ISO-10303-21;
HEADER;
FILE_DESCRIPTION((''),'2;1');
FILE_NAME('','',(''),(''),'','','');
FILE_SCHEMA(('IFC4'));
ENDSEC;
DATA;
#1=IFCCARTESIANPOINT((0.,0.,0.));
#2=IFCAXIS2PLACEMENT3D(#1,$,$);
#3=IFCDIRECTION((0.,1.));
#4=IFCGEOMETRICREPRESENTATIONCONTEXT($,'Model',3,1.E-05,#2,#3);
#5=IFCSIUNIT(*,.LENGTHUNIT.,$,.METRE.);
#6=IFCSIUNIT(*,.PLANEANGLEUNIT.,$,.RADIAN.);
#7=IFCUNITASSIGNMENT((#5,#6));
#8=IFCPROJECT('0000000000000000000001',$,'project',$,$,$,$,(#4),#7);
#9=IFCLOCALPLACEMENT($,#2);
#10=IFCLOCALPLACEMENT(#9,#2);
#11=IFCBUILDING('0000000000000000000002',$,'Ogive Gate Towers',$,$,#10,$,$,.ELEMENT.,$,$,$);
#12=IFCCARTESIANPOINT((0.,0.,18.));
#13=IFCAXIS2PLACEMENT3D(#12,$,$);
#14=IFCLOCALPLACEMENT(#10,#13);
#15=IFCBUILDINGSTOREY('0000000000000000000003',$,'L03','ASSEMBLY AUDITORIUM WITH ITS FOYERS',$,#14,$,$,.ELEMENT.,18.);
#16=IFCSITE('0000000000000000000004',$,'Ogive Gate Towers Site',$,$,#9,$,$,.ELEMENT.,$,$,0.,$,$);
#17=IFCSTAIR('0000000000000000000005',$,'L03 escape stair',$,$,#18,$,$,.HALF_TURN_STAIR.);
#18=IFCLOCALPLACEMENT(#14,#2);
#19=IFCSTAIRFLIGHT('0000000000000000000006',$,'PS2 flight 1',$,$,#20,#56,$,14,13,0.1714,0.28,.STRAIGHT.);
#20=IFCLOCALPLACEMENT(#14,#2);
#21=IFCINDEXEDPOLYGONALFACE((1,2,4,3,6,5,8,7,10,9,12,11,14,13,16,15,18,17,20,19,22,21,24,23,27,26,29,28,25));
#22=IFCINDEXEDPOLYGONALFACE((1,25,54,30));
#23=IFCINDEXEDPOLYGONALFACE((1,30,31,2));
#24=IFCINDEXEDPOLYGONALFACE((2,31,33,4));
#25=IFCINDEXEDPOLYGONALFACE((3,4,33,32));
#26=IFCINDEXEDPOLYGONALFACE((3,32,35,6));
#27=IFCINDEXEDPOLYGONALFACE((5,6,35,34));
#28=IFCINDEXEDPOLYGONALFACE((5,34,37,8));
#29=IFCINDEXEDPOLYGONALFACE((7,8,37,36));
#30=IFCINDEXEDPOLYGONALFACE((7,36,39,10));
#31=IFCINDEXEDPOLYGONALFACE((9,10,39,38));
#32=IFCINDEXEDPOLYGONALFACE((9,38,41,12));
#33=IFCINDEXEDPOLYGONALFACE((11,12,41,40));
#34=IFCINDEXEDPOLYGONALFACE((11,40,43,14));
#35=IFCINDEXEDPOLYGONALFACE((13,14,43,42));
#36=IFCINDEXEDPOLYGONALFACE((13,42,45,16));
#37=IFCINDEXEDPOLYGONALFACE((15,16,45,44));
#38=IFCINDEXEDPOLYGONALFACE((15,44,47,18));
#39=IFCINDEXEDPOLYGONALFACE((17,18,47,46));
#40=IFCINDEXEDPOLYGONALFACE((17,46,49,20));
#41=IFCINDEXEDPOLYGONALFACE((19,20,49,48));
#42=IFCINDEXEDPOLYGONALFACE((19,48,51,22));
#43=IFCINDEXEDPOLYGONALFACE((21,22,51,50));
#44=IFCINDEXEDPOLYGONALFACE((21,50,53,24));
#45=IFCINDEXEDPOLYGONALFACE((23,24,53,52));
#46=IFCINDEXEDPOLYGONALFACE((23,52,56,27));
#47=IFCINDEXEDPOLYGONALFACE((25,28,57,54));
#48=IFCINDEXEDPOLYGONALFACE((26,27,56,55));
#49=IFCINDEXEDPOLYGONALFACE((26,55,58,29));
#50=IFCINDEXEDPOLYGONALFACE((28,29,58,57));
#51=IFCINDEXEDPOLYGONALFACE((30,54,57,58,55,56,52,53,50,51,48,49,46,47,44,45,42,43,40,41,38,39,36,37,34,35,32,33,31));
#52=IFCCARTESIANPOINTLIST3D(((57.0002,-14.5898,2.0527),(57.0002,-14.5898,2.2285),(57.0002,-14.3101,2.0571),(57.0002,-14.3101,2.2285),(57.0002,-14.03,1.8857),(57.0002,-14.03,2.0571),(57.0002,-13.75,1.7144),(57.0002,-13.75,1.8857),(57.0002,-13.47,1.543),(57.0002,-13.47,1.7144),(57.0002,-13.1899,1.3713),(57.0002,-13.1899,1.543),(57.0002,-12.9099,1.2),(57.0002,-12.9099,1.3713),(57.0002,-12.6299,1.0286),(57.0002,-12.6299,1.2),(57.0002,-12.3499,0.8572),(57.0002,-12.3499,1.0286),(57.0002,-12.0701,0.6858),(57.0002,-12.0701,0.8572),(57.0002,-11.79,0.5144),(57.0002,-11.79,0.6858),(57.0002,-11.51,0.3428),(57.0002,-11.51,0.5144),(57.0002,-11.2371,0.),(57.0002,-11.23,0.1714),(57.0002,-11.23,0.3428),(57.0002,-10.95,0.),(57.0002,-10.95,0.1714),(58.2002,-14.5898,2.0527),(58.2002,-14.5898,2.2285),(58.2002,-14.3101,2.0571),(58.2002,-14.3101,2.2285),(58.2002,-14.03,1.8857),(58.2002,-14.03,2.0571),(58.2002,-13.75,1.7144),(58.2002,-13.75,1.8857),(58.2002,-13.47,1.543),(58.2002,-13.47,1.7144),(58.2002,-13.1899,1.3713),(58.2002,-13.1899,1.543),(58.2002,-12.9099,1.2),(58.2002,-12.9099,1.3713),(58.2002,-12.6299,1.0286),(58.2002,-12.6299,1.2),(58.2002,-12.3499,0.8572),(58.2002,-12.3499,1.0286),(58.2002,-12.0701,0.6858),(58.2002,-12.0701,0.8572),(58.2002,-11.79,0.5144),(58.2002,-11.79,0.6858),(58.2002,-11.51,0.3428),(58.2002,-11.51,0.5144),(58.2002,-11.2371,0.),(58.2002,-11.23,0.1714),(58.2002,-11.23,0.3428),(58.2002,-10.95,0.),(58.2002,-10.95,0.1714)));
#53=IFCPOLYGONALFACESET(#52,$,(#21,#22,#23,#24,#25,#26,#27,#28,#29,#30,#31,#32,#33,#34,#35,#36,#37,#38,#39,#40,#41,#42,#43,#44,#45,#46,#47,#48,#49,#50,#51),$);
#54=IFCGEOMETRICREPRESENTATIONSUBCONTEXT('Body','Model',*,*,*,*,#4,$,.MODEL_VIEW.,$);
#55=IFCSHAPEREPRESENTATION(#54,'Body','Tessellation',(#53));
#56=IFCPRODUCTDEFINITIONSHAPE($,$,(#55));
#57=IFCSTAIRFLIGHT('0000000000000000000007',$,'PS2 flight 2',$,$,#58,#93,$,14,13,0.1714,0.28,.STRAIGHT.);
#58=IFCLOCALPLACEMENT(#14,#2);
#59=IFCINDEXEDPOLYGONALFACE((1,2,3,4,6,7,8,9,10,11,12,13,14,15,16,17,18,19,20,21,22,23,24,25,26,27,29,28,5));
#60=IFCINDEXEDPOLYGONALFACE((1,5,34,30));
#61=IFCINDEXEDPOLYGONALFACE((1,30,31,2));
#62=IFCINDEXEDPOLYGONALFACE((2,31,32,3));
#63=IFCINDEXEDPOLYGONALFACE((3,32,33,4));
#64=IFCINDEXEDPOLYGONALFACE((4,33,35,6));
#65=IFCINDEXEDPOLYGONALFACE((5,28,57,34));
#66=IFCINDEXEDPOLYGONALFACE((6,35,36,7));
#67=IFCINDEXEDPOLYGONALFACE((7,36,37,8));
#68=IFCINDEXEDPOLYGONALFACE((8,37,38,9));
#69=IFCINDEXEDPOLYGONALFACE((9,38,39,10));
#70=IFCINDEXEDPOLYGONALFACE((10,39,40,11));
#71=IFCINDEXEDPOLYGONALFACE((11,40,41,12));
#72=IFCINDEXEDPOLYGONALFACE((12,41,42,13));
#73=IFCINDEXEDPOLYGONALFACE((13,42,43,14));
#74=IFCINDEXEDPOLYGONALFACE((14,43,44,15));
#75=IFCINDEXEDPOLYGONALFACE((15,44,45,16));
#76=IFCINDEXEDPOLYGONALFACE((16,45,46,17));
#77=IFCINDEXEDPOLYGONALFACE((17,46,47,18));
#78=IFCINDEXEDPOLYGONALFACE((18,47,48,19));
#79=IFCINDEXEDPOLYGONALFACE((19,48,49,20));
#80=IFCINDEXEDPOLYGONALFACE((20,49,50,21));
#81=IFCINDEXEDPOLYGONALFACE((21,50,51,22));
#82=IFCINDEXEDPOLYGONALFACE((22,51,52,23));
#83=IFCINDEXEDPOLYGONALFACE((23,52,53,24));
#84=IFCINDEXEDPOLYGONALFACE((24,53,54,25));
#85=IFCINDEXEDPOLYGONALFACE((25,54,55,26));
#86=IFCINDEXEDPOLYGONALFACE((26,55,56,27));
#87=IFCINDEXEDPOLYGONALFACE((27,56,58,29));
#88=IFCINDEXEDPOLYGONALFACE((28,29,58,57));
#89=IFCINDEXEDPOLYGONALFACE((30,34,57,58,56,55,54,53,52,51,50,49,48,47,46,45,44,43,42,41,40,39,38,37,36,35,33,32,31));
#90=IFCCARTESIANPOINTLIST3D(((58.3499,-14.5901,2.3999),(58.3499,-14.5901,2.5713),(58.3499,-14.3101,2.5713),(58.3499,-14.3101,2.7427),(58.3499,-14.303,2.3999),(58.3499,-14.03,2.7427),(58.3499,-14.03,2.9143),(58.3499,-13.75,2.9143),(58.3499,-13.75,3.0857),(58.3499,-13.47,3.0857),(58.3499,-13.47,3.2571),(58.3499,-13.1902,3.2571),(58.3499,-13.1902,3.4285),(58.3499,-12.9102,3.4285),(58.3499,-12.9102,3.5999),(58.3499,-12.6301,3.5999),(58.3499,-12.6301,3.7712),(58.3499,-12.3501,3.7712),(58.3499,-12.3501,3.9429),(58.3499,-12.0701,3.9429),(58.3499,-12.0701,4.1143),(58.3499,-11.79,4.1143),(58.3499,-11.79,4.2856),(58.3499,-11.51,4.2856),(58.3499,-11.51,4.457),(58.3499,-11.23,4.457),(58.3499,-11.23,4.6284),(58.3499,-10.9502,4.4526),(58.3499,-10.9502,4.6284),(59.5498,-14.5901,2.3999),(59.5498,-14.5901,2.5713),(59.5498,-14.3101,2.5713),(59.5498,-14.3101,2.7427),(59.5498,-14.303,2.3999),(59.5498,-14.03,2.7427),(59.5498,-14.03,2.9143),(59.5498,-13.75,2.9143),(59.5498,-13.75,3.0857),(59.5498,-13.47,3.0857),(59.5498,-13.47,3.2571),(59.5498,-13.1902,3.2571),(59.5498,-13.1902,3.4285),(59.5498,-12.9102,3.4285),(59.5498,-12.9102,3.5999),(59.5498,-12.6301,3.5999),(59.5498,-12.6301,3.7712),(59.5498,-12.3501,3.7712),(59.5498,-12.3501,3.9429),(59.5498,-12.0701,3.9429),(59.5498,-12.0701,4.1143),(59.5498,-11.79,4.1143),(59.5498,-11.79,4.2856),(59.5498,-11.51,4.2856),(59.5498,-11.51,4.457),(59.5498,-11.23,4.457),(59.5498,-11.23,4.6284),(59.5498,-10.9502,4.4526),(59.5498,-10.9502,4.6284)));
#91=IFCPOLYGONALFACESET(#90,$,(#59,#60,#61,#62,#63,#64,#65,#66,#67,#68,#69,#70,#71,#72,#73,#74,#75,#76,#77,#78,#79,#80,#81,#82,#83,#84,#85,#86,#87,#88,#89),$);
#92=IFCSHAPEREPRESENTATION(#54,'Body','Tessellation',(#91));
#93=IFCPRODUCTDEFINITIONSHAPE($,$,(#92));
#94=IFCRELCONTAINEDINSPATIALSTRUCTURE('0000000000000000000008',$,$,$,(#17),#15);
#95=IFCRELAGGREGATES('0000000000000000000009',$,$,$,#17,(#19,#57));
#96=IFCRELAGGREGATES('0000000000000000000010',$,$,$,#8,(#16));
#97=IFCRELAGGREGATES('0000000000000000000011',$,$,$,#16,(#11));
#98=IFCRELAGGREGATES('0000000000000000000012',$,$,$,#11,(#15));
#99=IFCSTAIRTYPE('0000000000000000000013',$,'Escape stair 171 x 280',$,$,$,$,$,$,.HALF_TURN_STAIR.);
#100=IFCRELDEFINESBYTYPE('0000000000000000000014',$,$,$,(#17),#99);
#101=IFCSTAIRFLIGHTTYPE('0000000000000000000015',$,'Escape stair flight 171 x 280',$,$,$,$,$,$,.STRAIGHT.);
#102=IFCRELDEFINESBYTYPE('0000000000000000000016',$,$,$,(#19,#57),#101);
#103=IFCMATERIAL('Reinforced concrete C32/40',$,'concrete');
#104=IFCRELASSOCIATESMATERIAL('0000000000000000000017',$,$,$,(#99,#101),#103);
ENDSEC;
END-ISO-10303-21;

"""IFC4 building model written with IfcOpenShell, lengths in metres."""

from ifc_helpers import new_model, si_unit, direction, frame, origin, place, context, subcontext, project, spatial, polyline, outline, extrude, material, type_object, element, aggregate, save


model = new_model("IFC4")

# Units and contexts
model_context = context("Model", 3, precision=1e-05, world=origin(), true_north=direction((0.0, 1.0)))
body_context = subcontext(model_context, "Body", "Model", "MODEL_VIEW")
ifc_project = project(units=[si_unit("LENGTHUNIT", "METRE"), si_unit("PLANEANGLEUNIT", "RADIAN")], contexts=[model_context])

# Site, building, storey
site_placement = place(None, origin())
site = spatial("IfcSite", under=ifc_project, at=site_placement, Name="Ogive Gate Towers Site", CompositionType="ELEMENT", RefElevation=0.0)
building_placement = place(site_placement, origin())
building = spatial("IfcBuilding", under=site, at=building_placement, Name="Ogive Gate Towers", CompositionType="ELEMENT")
storey_placement = place(building_placement, frame((0.0, 0.0, 18.0)))
storey = spatial("IfcBuildingStorey", under=building, at=storey_placement, Name="L03", Description="ASSEMBLY AUDITORIUM WITH ITS FOYERS", CompositionType="ELEMENT", Elevation=18.0)

# Shared definitions
ifc_material_1 = material(Name="Reinforced concrete C32/40", Category="concrete")

# Stair, stair flights
stair_type = type_object("IfcStairType", Name="Escape stair 171 x 280", PredefinedType="HALF_TURN_STAIR", material=ifc_material_1)
stair_placement = place(storey_placement, origin())
stair = element("IfcStair", 1, at=stair_placement, inside=storey, type_object=stair_type, Name="L03 escape stair", PredefinedType="HALF_TURN_STAIR")
stair_flight_type = type_object("IfcStairFlightType", Name="Escape stair flight 171 x 280", PredefinedType="STRAIGHT", material=ifc_material_1)
stair_flight_1_placement = place(storey_placement, frame((57.6001, -10.95, 0.0), z_axis=(0.0, 0.0, 1.0), x_axis=(0.0, -1.0, 0.0)))
stair_flight_1 = element("IfcStairFlight", 2, at=stair_flight_1_placement, type_object=stair_flight_type, Name="PS2 flight 1", NumberOfRisers=14, NumberOfTreads=13, PredefinedType="STRAIGHT", RiserHeight=0.1714, TreadLength=0.28, context=body_context, shape_type="SweptSolid", body=[
    extrude(outline(polyline([(0.0, 0.0), (0.0, 0.1714), (0.28, 0.1714), (0.28, 0.3428), (0.5601, 0.3428), (0.5601, 0.5144), (0.8401, 0.5144), (0.8401, 0.6858), (1.1201, 0.6858), (1.1201, 0.8572), (1.3999, 0.8572), (1.3999, 1.0286), (1.6799, 1.0286), (1.6799, 1.2), (1.96, 1.2), (1.96, 1.3713), (2.24, 1.3713), (2.24, 1.543), (2.52, 1.543), (2.52, 1.7144), (2.8, 1.7144), (2.8, 1.8857), (3.0801, 1.8857), (3.0801, 2.0571), (3.3601, 2.0571), (3.3601, 2.2285), (3.6399, 2.2285), (3.6399, 2.3999), (3.6399, 2.0527), (0.2871, 0.0), (0.0, 0.0)])), frame((0.0, 0.6001, 0.0), z_axis=(0.0, -1.0, 0.0), x_axis=(1.0, 0.0, 0.0)), (0.0, 0.0, 1.0), 1.2),
])
stair_flight_2_placement = place(storey_placement, frame((58.95, -14.5901, 2.3999), z_axis=(0.0, 0.0, 1.0), x_axis=(0.0, 1.0, 0.0)))
stair_flight_2 = element("IfcStairFlight", 3, at=stair_flight_2_placement, type_object=stair_flight_type, Name="PS2 flight 2", NumberOfRisers=14, NumberOfTreads=13, PredefinedType="STRAIGHT", RiserHeight=0.1714, TreadLength=0.28, context=body_context, shape_type="SweptSolid", body=[
    extrude(outline(polyline([(0.0, 0.0), (0.0, 0.1714), (0.28, 0.1714), (0.28, 0.3428), (0.5601, 0.3428), (0.5601, 0.5144), (0.8401, 0.5144), (0.8401, 0.6858), (1.1201, 0.6858), (1.1201, 0.8572), (1.3999, 0.8572), (1.3999, 1.0286), (1.6799, 1.0286), (1.6799, 1.2), (1.96, 1.2), (1.96, 1.3713), (2.24, 1.3713), (2.24, 1.543), (2.52, 1.543), (2.52, 1.7144), (2.8, 1.7144), (2.8, 1.8857), (3.0801, 1.8857), (3.0801, 2.0571), (3.3601, 2.0571), (3.3601, 2.2285), (3.6399, 2.2285), (3.6399, 2.3999), (3.6399, 2.0527), (0.2871, 0.0), (0.0, 0.0)])), frame((0.0, 0.6001, 0.0), z_axis=(0.0, -1.0, 0.0), x_axis=(1.0, 0.0, 0.0)), (0.0, 0.0, 1.0), 1.2),
])
aggregate(stair, [stair_flight_1, stair_flight_2])

save(model, "model.ifc")
